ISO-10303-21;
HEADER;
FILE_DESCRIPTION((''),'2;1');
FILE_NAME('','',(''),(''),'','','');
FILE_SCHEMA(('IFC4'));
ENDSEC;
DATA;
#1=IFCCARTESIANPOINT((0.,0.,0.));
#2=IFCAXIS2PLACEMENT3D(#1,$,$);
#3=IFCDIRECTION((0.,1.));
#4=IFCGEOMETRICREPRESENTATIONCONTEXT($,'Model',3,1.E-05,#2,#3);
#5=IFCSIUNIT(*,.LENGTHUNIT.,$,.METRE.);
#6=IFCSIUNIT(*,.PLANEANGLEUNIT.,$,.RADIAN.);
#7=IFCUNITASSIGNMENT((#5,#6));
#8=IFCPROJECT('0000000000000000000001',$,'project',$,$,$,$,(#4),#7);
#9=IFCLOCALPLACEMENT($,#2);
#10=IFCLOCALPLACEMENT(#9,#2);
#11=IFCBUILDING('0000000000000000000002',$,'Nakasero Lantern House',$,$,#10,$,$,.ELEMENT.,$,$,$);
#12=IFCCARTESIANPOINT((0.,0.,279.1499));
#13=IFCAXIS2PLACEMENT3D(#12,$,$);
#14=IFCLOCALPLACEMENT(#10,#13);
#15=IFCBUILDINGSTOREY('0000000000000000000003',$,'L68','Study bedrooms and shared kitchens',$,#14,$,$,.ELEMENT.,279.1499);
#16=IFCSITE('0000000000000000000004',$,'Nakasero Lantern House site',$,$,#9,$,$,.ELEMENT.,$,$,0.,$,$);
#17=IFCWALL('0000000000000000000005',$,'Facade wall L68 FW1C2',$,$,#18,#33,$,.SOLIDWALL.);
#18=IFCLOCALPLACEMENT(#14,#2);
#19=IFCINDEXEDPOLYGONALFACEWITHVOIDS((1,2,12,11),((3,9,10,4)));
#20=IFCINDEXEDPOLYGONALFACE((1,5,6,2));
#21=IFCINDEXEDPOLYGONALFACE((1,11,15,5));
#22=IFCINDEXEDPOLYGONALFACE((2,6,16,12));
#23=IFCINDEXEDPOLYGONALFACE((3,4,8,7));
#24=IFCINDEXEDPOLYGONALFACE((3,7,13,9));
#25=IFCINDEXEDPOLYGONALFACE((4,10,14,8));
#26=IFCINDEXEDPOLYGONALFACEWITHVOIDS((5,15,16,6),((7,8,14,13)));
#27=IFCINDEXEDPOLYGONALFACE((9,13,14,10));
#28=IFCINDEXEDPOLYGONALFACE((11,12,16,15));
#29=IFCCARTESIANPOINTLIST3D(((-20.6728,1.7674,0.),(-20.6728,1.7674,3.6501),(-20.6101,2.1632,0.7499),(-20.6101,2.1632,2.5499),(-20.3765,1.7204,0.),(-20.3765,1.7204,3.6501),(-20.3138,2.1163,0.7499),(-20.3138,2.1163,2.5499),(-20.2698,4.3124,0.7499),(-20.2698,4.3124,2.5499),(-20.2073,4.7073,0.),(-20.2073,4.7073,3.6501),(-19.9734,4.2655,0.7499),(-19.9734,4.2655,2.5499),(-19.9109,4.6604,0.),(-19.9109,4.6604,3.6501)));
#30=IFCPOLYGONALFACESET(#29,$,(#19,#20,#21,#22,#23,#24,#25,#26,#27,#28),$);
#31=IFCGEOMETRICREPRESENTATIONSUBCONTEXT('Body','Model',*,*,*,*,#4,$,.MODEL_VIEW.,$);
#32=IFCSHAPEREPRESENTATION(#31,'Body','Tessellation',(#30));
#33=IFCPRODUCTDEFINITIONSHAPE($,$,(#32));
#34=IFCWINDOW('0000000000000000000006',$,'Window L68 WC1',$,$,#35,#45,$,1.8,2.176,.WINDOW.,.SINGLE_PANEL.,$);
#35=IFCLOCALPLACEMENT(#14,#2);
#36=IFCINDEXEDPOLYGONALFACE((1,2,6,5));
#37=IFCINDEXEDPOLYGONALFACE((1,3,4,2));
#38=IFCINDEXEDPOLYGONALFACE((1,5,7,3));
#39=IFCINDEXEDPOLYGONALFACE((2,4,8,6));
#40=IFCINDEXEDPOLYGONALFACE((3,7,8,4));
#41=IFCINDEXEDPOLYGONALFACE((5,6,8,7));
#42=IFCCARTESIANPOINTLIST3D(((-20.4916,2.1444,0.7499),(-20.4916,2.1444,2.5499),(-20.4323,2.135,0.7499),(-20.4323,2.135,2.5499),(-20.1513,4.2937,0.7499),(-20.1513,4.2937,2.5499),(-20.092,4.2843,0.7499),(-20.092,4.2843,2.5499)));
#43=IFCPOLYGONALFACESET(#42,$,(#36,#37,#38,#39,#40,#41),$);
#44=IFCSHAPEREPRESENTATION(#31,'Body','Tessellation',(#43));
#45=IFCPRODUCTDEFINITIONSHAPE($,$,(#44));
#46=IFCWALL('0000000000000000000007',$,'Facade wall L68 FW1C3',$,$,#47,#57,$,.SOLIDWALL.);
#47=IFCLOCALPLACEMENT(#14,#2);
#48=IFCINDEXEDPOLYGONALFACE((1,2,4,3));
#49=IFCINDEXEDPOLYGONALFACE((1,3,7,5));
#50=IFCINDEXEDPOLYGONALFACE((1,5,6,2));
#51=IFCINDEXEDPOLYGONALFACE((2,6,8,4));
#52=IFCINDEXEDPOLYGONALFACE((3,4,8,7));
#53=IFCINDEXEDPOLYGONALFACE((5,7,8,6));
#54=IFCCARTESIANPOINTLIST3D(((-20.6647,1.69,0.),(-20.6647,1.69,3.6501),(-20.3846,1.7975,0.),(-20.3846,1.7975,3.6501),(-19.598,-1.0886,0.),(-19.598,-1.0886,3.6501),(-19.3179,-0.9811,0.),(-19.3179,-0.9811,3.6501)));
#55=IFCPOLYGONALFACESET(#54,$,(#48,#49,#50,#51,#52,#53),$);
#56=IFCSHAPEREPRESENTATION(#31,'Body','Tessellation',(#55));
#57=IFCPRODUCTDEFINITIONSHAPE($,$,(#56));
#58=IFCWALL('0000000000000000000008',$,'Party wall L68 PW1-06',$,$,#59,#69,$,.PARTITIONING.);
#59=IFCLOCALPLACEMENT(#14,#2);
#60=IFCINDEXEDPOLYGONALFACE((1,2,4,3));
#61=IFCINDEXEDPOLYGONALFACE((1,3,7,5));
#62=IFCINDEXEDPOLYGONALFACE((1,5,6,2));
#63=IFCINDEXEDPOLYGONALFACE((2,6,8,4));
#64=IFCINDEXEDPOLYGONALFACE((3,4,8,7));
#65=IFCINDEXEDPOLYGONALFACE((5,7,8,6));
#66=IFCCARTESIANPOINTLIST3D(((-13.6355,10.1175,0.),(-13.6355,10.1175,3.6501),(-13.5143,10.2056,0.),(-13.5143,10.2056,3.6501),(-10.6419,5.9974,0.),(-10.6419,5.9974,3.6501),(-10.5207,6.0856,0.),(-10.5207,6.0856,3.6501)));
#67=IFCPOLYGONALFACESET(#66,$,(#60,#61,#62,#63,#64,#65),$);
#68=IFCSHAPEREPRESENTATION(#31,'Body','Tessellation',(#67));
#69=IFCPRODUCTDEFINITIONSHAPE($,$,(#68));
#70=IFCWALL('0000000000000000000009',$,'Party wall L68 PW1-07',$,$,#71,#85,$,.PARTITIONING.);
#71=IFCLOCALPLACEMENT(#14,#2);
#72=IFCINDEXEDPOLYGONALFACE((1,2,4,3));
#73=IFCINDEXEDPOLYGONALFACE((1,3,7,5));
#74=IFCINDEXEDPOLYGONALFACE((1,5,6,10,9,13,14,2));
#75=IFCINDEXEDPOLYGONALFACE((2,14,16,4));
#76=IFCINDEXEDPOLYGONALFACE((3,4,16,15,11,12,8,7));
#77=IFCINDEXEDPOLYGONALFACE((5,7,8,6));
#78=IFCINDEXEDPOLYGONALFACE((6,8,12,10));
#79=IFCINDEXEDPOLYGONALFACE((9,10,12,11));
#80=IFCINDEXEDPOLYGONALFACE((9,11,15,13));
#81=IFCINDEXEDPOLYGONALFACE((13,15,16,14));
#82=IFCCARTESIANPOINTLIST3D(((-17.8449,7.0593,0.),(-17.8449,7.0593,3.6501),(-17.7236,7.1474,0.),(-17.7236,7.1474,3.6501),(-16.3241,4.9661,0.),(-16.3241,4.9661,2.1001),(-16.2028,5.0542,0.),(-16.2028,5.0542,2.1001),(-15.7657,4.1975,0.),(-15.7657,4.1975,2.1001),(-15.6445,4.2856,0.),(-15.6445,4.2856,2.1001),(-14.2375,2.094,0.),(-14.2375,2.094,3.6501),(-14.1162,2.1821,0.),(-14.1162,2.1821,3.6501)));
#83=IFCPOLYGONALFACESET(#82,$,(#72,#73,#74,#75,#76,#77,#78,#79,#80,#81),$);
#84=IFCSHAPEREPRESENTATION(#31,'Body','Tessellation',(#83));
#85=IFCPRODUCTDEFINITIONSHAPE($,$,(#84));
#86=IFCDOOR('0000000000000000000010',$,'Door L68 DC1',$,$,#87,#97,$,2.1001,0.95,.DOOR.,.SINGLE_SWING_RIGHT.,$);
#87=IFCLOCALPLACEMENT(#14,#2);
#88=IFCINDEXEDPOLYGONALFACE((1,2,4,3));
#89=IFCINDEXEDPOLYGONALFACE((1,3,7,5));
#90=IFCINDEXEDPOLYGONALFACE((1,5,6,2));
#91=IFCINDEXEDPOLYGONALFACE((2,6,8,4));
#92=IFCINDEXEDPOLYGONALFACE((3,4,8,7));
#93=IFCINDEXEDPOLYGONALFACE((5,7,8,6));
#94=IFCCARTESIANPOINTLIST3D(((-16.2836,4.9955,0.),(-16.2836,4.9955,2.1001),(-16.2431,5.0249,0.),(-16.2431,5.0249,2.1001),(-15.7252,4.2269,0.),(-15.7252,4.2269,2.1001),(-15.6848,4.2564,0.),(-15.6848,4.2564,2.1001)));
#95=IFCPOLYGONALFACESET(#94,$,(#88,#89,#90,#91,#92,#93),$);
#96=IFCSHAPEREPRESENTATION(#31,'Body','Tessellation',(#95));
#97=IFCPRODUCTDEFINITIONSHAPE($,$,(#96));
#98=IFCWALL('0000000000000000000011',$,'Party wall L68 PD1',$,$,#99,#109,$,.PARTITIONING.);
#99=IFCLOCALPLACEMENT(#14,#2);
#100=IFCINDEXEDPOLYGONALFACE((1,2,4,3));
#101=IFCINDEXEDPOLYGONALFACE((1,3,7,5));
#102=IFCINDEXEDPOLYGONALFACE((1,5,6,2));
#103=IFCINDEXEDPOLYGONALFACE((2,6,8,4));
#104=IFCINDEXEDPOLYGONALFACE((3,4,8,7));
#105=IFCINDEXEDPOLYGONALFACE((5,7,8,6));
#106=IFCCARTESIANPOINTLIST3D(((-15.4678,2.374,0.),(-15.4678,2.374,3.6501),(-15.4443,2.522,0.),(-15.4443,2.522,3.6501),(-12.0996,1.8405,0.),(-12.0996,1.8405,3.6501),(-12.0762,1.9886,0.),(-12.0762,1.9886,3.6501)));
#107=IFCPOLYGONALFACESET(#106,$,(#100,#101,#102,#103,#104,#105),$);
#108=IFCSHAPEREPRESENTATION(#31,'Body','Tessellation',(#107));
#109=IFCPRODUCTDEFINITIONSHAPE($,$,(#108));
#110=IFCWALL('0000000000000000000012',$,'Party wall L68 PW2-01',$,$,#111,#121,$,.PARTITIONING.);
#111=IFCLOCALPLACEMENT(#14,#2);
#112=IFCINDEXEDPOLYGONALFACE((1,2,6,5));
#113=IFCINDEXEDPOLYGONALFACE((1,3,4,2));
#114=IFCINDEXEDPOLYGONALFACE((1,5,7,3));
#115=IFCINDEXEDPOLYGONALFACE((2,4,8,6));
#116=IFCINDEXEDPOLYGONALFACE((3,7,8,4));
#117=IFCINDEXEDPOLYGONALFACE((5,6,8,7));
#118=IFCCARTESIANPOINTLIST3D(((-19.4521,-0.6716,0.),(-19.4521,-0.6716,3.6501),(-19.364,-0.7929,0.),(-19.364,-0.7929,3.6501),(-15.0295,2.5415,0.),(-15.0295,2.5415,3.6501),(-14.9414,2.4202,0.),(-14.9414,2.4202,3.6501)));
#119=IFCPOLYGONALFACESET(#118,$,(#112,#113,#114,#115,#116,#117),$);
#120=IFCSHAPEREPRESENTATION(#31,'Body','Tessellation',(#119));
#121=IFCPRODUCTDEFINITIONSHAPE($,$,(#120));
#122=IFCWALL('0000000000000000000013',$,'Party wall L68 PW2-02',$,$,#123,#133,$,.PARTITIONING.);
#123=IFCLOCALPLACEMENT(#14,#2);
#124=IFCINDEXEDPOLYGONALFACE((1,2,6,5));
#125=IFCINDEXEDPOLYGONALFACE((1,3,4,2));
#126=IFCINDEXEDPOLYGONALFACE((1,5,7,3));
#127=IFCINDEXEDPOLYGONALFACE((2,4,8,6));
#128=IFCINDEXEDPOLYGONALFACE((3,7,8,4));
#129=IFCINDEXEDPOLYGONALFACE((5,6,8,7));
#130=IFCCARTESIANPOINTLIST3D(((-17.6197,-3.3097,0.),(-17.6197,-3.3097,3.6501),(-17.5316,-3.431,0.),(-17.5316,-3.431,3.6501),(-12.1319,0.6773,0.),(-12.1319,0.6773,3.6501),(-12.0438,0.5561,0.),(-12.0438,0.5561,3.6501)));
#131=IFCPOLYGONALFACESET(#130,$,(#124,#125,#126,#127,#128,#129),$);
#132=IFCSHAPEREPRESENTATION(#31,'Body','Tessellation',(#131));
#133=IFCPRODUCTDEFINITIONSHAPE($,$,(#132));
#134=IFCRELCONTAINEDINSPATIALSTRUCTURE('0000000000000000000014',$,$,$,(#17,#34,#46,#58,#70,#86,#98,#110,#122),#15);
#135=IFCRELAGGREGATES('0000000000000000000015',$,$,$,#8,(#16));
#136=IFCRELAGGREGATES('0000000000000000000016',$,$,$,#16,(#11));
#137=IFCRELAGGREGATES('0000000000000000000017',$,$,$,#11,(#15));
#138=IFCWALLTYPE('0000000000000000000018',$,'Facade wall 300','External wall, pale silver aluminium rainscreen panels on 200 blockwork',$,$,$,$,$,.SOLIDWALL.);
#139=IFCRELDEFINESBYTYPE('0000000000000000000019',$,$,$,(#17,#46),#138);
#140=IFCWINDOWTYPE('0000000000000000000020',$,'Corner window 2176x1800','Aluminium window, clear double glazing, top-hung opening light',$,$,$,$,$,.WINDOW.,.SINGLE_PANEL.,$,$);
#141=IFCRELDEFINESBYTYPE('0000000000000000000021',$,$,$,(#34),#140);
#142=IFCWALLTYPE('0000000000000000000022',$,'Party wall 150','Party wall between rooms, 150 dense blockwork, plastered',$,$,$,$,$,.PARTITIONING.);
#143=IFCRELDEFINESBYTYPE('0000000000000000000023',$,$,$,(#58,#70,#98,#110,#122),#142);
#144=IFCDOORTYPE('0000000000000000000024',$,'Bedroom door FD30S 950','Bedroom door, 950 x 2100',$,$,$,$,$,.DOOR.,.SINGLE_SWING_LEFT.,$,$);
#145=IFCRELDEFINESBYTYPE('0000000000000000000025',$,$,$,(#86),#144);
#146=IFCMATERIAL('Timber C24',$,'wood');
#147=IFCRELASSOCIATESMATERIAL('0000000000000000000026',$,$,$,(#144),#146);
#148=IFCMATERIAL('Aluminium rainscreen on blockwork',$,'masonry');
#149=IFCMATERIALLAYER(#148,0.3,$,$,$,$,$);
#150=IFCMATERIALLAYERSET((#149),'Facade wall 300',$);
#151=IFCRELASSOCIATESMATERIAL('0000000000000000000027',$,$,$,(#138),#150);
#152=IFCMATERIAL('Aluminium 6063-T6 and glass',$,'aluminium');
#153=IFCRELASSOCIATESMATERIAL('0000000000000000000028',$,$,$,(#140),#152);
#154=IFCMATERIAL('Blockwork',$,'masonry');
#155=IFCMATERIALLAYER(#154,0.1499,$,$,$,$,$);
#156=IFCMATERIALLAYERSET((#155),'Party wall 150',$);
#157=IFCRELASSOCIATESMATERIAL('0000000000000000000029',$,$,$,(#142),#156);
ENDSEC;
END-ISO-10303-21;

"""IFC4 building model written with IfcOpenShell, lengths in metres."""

from ifc_helpers import new_model, si_unit, direction, frame, frame_2d, origin, place, context, subcontext, project, spatial, rectangle, extrude, material, layer, layer_set, type_object, element, fill, save


model = new_model("IFC4")

# Units and contexts
model_context = context("Model", 3, precision=1e-05, world=origin(), true_north=direction((0.0, 1.0)))
body_context = subcontext(model_context, "Body", "Model", "MODEL_VIEW")
ifc_project = project(units=[si_unit("LENGTHUNIT", "METRE"), si_unit("PLANEANGLEUNIT", "RADIAN")], contexts=[model_context])

# Site, building, storey
site_placement = place(None, origin())
site = spatial("IfcSite", under=ifc_project, at=site_placement, Name="Nakasero Lantern House site", CompositionType="ELEMENT", RefElevation=0.0)
building_placement = place(site_placement, origin())
building = spatial("IfcBuilding", under=site, at=building_placement, Name="Nakasero Lantern House", CompositionType="ELEMENT")
storey_placement = place(building_placement, frame((0.0, 0.0, 279.1499)))
storey = spatial("IfcBuildingStorey", under=building, at=storey_placement, Name="L68", Description="Study bedrooms and shared kitchens", CompositionType="ELEMENT", Elevation=279.1499)

# Shared definitions
ifc_material_1 = material(Name="Timber C24", Category="wood")
door_type_1 = type_object("IfcDoorType", Name="Bedroom door FD30S 950", Description="Bedroom door, 950 x 2100", OperationType="SINGLE_SWING_LEFT", PredefinedType="DOOR", material=ifc_material_1)

# Wall, opening, window
ifc_material_2 = material(Name="Aluminium rainscreen on blockwork", Category="masonry")
ifc_layer_1 = layer(ifc_material_2, 0.3)
ifc_layer_set_1 = layer_set([ifc_layer_1], Name="Facade wall 300")
wall_type_1 = type_object("IfcWallType", Name="Facade wall 300", Description="External wall, pale silver aluminium rainscreen panels on 200 blockwork", PredefinedType="SOLIDWALL", material=ifc_layer_set_1)
wall_1_placement = place(storey_placement, frame((-20.0591, 4.6838, 0.0), z_axis=(0.0, 0.0, 1.0), x_axis=(-0.156413, -0.987692, 0.0)))
wall_1 = element("IfcWall", 1, at=wall_1_placement, inside=storey, type_object=wall_type_1, Name="Facade wall L68 FW1C2", PredefinedType="SOLIDWALL", context=body_context, shape_type="SweptSolid", body=[
    extrude(rectangle(XDim=2.9766, YDim=0.3, at=frame_2d((1.4883, 0.0))), origin(), (0.0, 0.0, 1.0), 3.6501),
])
opening_1_placement = place(wall_1_placement, frame((0.3999, 0.0, 0.75)))
opening_1 = element("IfcOpeningElement", 2, at=opening_1_placement, cuts=wall_1, PredefinedType="OPENING", context=body_context, shape_type="SweptSolid", body=[
    extrude(rectangle(XDim=2.176, YDim=1.8, at=frame_2d((1.0879, 0.8999))), frame((0.0, 0.1699, 0.0), z_axis=(0.0, -1.0, 0.0), x_axis=(1.0, 0.0, 0.0)), (0.0, 0.0, 1.0), 0.3401),
])
ifc_material_3 = material(Name="Aluminium 6063-T6 and glass", Category="aluminium")
window_type = type_object("IfcWindowType", Name="Corner window 2176x1800", Description="Aluminium window, clear double glazing, top-hung opening light", PartitioningType="SINGLE_PANEL", PredefinedType="WINDOW", material=ifc_material_3)
window_placement = place(opening_1_placement, origin())
window = element("IfcWindow", 3, at=window_placement, inside=storey, type_object=window_type, Name="Window L68 WC1", OverallHeight=1.8, OverallWidth=2.176, PartitioningType="SINGLE_PANEL", PredefinedType="WINDOW", context=body_context, shape_type="SweptSolid", body=[
    extrude(rectangle(XDim=2.176, YDim=1.8, at=frame_2d((1.0879, 0.8999))), frame((0.0, 0.03, 0.0), z_axis=(0.0, -1.0, 0.0), x_axis=(1.0, 0.0, 0.0)), (0.0, 0.0, 1.0), 0.0601),
])
fill(opening_1, window)

# Walls
wall_2_placement = place(storey_placement, frame((-20.5247, 1.7439, 0.0), z_axis=(0.0, 0.0, 1.0), x_axis=(0.358385, -0.933574, 0.0)))
element("IfcWall", 4, at=wall_2_placement, inside=storey, type_object=wall_type_1, Name="Facade wall L68 FW1C3", PredefinedType="SOLIDWALL", context=body_context, shape_type="SweptSolid", body=[
    extrude(rectangle(XDim=2.9763, YDim=0.3, at=frame_2d((1.4883, 0.0))), origin(), (0.0, 0.0, 1.0), 3.6501),
])
ifc_material_4 = material(Name="Blockwork", Category="masonry")
ifc_layer_2 = layer(ifc_material_4, 0.1499)
ifc_layer_set_2 = layer_set([ifc_layer_2], Name="Party wall 150")
wall_type_2 = type_object("IfcWallType", Name="Party wall 150", Description="Party wall between rooms, 150 dense blockwork, plastered", PredefinedType="PARTITIONING", material=ifc_layer_set_2)
wall_3_placement = place(storey_placement, frame((-10.5813, 6.0415, 0.0), z_axis=(0.0, 0.0, 1.0), x_axis=(-0.587812, 0.808997, 0.0)))
element("IfcWall", 5, at=wall_3_placement, inside=storey, type_object=wall_type_2, Name="Party wall L68 PW1-06", PredefinedType="PARTITIONING", context=body_context, shape_type="SweptSolid", body=[
    extrude(rectangle(XDim=5.0928, YDim=0.1499, at=frame_2d((2.5464, 0.0))), origin(), (0.0, 0.0, 1.0), 3.6501),
])

# Wall, opening, door
wall_4_placement = place(storey_placement, frame((-14.1768, 2.1379, 0.0), z_axis=(0.0, 0.0, 1.0), x_axis=(-0.587774, 0.809025, 0.0)))
wall_4 = element("IfcWall", 6, at=wall_4_placement, inside=storey, type_object=wall_type_2, Name="Party wall L68 PW1-07", PredefinedType="PARTITIONING", context=body_context, shape_type="SweptSolid", body=[
    extrude(rectangle(XDim=6.1375, YDim=0.1499, at=frame_2d((3.0688, 0.0))), origin(), (0.0, 0.0, 1.0), 3.6501),
])
opening_2_placement = place(wall_4_placement, frame((2.6001, 0.0, 0.0)))
opening_2 = element("IfcOpeningElement", 7, at=opening_2_placement, cuts=wall_4, PredefinedType="OPENING", context=body_context, shape_type="SweptSolid", body=[
    extrude(rectangle(XDim=0.95, YDim=2.1001, at=frame_2d((0.4751, 1.05))), frame((0.0, 0.095, 0.0), z_axis=(0.0, -1.0, 0.0), x_axis=(1.0, 0.0, 0.0)), (0.0, 0.0, 1.0), 0.1899),
])
door_1_placement = place(opening_2_placement, origin())
door_1 = element("IfcDoor", 8, at=door_1_placement, inside=storey, type_object=door_type_1, Name="Door L68 DC1", OperationType="SINGLE_SWING_RIGHT", OverallHeight=2.1001, OverallWidth=0.95, PredefinedType="DOOR", context=body_context, shape_type="SweptSolid", body=[
    extrude(rectangle(XDim=0.95, YDim=2.1001, at=frame_2d((0.4751, 1.05))), frame((0.0, 0.0249, 0.0), z_axis=(0.0, -1.0, 0.0), x_axis=(1.0, 0.0, 0.0)), (0.0, 0.0, 1.0), 0.05),
])
fill(opening_2, door_1)

# Walls
wall_5_placement = place(storey_placement, frame((-12.0879, 1.9146, 0.0), z_axis=(0.0, 0.0, 1.0), x_axis=(-0.987689, 0.156429, 0.0)))
element("IfcWall", 9, at=wall_5_placement, inside=storey, type_object=wall_type_2, Name="Party wall L68 PD1", PredefinedType="PARTITIONING", context=body_context, shape_type="SweptSolid", body=[
    extrude(rectangle(XDim=3.4102, YDim=0.1499, at=frame_2d((1.7051, 0.0))), origin(), (0.0, 0.0, 1.0), 3.6501),
])
wall_6_placement = place(storey_placement, frame((-14.9854, 2.481, 0.0), z_axis=(0.0, 0.0, 1.0), x_axis=(-0.809024, -0.587776, 0.0)))
element("IfcWall", 10, at=wall_6_placement, inside=storey, type_object=wall_type_2, Name="Party wall L68 PW2-01", PredefinedType="PARTITIONING", context=body_context, shape_type="SweptSolid", body=[
    extrude(rectangle(XDim=5.4666, YDim=0.1499, at=frame_2d((2.7334, 0.0))), origin(), (0.0, 0.0, 1.0), 3.6501),
])
wall_7_placement = place(storey_placement, frame((-12.0879, 0.6167, 0.0), z_axis=(0.0, 0.0, 1.0), x_axis=(-0.809021, -0.58778, 0.0)))
element("IfcWall", 11, at=wall_7_placement, inside=storey, type_object=wall_type_2, Name="Party wall L68 PW2-02", PredefinedType="PARTITIONING", context=body_context, shape_type="SweptSolid", body=[
    extrude(rectangle(XDim=6.7832, YDim=0.1499, at=frame_2d((3.3916, 0.0))), origin(), (0.0, 0.0, 1.0), 3.6501),
])

save(model, "model.ifc")
